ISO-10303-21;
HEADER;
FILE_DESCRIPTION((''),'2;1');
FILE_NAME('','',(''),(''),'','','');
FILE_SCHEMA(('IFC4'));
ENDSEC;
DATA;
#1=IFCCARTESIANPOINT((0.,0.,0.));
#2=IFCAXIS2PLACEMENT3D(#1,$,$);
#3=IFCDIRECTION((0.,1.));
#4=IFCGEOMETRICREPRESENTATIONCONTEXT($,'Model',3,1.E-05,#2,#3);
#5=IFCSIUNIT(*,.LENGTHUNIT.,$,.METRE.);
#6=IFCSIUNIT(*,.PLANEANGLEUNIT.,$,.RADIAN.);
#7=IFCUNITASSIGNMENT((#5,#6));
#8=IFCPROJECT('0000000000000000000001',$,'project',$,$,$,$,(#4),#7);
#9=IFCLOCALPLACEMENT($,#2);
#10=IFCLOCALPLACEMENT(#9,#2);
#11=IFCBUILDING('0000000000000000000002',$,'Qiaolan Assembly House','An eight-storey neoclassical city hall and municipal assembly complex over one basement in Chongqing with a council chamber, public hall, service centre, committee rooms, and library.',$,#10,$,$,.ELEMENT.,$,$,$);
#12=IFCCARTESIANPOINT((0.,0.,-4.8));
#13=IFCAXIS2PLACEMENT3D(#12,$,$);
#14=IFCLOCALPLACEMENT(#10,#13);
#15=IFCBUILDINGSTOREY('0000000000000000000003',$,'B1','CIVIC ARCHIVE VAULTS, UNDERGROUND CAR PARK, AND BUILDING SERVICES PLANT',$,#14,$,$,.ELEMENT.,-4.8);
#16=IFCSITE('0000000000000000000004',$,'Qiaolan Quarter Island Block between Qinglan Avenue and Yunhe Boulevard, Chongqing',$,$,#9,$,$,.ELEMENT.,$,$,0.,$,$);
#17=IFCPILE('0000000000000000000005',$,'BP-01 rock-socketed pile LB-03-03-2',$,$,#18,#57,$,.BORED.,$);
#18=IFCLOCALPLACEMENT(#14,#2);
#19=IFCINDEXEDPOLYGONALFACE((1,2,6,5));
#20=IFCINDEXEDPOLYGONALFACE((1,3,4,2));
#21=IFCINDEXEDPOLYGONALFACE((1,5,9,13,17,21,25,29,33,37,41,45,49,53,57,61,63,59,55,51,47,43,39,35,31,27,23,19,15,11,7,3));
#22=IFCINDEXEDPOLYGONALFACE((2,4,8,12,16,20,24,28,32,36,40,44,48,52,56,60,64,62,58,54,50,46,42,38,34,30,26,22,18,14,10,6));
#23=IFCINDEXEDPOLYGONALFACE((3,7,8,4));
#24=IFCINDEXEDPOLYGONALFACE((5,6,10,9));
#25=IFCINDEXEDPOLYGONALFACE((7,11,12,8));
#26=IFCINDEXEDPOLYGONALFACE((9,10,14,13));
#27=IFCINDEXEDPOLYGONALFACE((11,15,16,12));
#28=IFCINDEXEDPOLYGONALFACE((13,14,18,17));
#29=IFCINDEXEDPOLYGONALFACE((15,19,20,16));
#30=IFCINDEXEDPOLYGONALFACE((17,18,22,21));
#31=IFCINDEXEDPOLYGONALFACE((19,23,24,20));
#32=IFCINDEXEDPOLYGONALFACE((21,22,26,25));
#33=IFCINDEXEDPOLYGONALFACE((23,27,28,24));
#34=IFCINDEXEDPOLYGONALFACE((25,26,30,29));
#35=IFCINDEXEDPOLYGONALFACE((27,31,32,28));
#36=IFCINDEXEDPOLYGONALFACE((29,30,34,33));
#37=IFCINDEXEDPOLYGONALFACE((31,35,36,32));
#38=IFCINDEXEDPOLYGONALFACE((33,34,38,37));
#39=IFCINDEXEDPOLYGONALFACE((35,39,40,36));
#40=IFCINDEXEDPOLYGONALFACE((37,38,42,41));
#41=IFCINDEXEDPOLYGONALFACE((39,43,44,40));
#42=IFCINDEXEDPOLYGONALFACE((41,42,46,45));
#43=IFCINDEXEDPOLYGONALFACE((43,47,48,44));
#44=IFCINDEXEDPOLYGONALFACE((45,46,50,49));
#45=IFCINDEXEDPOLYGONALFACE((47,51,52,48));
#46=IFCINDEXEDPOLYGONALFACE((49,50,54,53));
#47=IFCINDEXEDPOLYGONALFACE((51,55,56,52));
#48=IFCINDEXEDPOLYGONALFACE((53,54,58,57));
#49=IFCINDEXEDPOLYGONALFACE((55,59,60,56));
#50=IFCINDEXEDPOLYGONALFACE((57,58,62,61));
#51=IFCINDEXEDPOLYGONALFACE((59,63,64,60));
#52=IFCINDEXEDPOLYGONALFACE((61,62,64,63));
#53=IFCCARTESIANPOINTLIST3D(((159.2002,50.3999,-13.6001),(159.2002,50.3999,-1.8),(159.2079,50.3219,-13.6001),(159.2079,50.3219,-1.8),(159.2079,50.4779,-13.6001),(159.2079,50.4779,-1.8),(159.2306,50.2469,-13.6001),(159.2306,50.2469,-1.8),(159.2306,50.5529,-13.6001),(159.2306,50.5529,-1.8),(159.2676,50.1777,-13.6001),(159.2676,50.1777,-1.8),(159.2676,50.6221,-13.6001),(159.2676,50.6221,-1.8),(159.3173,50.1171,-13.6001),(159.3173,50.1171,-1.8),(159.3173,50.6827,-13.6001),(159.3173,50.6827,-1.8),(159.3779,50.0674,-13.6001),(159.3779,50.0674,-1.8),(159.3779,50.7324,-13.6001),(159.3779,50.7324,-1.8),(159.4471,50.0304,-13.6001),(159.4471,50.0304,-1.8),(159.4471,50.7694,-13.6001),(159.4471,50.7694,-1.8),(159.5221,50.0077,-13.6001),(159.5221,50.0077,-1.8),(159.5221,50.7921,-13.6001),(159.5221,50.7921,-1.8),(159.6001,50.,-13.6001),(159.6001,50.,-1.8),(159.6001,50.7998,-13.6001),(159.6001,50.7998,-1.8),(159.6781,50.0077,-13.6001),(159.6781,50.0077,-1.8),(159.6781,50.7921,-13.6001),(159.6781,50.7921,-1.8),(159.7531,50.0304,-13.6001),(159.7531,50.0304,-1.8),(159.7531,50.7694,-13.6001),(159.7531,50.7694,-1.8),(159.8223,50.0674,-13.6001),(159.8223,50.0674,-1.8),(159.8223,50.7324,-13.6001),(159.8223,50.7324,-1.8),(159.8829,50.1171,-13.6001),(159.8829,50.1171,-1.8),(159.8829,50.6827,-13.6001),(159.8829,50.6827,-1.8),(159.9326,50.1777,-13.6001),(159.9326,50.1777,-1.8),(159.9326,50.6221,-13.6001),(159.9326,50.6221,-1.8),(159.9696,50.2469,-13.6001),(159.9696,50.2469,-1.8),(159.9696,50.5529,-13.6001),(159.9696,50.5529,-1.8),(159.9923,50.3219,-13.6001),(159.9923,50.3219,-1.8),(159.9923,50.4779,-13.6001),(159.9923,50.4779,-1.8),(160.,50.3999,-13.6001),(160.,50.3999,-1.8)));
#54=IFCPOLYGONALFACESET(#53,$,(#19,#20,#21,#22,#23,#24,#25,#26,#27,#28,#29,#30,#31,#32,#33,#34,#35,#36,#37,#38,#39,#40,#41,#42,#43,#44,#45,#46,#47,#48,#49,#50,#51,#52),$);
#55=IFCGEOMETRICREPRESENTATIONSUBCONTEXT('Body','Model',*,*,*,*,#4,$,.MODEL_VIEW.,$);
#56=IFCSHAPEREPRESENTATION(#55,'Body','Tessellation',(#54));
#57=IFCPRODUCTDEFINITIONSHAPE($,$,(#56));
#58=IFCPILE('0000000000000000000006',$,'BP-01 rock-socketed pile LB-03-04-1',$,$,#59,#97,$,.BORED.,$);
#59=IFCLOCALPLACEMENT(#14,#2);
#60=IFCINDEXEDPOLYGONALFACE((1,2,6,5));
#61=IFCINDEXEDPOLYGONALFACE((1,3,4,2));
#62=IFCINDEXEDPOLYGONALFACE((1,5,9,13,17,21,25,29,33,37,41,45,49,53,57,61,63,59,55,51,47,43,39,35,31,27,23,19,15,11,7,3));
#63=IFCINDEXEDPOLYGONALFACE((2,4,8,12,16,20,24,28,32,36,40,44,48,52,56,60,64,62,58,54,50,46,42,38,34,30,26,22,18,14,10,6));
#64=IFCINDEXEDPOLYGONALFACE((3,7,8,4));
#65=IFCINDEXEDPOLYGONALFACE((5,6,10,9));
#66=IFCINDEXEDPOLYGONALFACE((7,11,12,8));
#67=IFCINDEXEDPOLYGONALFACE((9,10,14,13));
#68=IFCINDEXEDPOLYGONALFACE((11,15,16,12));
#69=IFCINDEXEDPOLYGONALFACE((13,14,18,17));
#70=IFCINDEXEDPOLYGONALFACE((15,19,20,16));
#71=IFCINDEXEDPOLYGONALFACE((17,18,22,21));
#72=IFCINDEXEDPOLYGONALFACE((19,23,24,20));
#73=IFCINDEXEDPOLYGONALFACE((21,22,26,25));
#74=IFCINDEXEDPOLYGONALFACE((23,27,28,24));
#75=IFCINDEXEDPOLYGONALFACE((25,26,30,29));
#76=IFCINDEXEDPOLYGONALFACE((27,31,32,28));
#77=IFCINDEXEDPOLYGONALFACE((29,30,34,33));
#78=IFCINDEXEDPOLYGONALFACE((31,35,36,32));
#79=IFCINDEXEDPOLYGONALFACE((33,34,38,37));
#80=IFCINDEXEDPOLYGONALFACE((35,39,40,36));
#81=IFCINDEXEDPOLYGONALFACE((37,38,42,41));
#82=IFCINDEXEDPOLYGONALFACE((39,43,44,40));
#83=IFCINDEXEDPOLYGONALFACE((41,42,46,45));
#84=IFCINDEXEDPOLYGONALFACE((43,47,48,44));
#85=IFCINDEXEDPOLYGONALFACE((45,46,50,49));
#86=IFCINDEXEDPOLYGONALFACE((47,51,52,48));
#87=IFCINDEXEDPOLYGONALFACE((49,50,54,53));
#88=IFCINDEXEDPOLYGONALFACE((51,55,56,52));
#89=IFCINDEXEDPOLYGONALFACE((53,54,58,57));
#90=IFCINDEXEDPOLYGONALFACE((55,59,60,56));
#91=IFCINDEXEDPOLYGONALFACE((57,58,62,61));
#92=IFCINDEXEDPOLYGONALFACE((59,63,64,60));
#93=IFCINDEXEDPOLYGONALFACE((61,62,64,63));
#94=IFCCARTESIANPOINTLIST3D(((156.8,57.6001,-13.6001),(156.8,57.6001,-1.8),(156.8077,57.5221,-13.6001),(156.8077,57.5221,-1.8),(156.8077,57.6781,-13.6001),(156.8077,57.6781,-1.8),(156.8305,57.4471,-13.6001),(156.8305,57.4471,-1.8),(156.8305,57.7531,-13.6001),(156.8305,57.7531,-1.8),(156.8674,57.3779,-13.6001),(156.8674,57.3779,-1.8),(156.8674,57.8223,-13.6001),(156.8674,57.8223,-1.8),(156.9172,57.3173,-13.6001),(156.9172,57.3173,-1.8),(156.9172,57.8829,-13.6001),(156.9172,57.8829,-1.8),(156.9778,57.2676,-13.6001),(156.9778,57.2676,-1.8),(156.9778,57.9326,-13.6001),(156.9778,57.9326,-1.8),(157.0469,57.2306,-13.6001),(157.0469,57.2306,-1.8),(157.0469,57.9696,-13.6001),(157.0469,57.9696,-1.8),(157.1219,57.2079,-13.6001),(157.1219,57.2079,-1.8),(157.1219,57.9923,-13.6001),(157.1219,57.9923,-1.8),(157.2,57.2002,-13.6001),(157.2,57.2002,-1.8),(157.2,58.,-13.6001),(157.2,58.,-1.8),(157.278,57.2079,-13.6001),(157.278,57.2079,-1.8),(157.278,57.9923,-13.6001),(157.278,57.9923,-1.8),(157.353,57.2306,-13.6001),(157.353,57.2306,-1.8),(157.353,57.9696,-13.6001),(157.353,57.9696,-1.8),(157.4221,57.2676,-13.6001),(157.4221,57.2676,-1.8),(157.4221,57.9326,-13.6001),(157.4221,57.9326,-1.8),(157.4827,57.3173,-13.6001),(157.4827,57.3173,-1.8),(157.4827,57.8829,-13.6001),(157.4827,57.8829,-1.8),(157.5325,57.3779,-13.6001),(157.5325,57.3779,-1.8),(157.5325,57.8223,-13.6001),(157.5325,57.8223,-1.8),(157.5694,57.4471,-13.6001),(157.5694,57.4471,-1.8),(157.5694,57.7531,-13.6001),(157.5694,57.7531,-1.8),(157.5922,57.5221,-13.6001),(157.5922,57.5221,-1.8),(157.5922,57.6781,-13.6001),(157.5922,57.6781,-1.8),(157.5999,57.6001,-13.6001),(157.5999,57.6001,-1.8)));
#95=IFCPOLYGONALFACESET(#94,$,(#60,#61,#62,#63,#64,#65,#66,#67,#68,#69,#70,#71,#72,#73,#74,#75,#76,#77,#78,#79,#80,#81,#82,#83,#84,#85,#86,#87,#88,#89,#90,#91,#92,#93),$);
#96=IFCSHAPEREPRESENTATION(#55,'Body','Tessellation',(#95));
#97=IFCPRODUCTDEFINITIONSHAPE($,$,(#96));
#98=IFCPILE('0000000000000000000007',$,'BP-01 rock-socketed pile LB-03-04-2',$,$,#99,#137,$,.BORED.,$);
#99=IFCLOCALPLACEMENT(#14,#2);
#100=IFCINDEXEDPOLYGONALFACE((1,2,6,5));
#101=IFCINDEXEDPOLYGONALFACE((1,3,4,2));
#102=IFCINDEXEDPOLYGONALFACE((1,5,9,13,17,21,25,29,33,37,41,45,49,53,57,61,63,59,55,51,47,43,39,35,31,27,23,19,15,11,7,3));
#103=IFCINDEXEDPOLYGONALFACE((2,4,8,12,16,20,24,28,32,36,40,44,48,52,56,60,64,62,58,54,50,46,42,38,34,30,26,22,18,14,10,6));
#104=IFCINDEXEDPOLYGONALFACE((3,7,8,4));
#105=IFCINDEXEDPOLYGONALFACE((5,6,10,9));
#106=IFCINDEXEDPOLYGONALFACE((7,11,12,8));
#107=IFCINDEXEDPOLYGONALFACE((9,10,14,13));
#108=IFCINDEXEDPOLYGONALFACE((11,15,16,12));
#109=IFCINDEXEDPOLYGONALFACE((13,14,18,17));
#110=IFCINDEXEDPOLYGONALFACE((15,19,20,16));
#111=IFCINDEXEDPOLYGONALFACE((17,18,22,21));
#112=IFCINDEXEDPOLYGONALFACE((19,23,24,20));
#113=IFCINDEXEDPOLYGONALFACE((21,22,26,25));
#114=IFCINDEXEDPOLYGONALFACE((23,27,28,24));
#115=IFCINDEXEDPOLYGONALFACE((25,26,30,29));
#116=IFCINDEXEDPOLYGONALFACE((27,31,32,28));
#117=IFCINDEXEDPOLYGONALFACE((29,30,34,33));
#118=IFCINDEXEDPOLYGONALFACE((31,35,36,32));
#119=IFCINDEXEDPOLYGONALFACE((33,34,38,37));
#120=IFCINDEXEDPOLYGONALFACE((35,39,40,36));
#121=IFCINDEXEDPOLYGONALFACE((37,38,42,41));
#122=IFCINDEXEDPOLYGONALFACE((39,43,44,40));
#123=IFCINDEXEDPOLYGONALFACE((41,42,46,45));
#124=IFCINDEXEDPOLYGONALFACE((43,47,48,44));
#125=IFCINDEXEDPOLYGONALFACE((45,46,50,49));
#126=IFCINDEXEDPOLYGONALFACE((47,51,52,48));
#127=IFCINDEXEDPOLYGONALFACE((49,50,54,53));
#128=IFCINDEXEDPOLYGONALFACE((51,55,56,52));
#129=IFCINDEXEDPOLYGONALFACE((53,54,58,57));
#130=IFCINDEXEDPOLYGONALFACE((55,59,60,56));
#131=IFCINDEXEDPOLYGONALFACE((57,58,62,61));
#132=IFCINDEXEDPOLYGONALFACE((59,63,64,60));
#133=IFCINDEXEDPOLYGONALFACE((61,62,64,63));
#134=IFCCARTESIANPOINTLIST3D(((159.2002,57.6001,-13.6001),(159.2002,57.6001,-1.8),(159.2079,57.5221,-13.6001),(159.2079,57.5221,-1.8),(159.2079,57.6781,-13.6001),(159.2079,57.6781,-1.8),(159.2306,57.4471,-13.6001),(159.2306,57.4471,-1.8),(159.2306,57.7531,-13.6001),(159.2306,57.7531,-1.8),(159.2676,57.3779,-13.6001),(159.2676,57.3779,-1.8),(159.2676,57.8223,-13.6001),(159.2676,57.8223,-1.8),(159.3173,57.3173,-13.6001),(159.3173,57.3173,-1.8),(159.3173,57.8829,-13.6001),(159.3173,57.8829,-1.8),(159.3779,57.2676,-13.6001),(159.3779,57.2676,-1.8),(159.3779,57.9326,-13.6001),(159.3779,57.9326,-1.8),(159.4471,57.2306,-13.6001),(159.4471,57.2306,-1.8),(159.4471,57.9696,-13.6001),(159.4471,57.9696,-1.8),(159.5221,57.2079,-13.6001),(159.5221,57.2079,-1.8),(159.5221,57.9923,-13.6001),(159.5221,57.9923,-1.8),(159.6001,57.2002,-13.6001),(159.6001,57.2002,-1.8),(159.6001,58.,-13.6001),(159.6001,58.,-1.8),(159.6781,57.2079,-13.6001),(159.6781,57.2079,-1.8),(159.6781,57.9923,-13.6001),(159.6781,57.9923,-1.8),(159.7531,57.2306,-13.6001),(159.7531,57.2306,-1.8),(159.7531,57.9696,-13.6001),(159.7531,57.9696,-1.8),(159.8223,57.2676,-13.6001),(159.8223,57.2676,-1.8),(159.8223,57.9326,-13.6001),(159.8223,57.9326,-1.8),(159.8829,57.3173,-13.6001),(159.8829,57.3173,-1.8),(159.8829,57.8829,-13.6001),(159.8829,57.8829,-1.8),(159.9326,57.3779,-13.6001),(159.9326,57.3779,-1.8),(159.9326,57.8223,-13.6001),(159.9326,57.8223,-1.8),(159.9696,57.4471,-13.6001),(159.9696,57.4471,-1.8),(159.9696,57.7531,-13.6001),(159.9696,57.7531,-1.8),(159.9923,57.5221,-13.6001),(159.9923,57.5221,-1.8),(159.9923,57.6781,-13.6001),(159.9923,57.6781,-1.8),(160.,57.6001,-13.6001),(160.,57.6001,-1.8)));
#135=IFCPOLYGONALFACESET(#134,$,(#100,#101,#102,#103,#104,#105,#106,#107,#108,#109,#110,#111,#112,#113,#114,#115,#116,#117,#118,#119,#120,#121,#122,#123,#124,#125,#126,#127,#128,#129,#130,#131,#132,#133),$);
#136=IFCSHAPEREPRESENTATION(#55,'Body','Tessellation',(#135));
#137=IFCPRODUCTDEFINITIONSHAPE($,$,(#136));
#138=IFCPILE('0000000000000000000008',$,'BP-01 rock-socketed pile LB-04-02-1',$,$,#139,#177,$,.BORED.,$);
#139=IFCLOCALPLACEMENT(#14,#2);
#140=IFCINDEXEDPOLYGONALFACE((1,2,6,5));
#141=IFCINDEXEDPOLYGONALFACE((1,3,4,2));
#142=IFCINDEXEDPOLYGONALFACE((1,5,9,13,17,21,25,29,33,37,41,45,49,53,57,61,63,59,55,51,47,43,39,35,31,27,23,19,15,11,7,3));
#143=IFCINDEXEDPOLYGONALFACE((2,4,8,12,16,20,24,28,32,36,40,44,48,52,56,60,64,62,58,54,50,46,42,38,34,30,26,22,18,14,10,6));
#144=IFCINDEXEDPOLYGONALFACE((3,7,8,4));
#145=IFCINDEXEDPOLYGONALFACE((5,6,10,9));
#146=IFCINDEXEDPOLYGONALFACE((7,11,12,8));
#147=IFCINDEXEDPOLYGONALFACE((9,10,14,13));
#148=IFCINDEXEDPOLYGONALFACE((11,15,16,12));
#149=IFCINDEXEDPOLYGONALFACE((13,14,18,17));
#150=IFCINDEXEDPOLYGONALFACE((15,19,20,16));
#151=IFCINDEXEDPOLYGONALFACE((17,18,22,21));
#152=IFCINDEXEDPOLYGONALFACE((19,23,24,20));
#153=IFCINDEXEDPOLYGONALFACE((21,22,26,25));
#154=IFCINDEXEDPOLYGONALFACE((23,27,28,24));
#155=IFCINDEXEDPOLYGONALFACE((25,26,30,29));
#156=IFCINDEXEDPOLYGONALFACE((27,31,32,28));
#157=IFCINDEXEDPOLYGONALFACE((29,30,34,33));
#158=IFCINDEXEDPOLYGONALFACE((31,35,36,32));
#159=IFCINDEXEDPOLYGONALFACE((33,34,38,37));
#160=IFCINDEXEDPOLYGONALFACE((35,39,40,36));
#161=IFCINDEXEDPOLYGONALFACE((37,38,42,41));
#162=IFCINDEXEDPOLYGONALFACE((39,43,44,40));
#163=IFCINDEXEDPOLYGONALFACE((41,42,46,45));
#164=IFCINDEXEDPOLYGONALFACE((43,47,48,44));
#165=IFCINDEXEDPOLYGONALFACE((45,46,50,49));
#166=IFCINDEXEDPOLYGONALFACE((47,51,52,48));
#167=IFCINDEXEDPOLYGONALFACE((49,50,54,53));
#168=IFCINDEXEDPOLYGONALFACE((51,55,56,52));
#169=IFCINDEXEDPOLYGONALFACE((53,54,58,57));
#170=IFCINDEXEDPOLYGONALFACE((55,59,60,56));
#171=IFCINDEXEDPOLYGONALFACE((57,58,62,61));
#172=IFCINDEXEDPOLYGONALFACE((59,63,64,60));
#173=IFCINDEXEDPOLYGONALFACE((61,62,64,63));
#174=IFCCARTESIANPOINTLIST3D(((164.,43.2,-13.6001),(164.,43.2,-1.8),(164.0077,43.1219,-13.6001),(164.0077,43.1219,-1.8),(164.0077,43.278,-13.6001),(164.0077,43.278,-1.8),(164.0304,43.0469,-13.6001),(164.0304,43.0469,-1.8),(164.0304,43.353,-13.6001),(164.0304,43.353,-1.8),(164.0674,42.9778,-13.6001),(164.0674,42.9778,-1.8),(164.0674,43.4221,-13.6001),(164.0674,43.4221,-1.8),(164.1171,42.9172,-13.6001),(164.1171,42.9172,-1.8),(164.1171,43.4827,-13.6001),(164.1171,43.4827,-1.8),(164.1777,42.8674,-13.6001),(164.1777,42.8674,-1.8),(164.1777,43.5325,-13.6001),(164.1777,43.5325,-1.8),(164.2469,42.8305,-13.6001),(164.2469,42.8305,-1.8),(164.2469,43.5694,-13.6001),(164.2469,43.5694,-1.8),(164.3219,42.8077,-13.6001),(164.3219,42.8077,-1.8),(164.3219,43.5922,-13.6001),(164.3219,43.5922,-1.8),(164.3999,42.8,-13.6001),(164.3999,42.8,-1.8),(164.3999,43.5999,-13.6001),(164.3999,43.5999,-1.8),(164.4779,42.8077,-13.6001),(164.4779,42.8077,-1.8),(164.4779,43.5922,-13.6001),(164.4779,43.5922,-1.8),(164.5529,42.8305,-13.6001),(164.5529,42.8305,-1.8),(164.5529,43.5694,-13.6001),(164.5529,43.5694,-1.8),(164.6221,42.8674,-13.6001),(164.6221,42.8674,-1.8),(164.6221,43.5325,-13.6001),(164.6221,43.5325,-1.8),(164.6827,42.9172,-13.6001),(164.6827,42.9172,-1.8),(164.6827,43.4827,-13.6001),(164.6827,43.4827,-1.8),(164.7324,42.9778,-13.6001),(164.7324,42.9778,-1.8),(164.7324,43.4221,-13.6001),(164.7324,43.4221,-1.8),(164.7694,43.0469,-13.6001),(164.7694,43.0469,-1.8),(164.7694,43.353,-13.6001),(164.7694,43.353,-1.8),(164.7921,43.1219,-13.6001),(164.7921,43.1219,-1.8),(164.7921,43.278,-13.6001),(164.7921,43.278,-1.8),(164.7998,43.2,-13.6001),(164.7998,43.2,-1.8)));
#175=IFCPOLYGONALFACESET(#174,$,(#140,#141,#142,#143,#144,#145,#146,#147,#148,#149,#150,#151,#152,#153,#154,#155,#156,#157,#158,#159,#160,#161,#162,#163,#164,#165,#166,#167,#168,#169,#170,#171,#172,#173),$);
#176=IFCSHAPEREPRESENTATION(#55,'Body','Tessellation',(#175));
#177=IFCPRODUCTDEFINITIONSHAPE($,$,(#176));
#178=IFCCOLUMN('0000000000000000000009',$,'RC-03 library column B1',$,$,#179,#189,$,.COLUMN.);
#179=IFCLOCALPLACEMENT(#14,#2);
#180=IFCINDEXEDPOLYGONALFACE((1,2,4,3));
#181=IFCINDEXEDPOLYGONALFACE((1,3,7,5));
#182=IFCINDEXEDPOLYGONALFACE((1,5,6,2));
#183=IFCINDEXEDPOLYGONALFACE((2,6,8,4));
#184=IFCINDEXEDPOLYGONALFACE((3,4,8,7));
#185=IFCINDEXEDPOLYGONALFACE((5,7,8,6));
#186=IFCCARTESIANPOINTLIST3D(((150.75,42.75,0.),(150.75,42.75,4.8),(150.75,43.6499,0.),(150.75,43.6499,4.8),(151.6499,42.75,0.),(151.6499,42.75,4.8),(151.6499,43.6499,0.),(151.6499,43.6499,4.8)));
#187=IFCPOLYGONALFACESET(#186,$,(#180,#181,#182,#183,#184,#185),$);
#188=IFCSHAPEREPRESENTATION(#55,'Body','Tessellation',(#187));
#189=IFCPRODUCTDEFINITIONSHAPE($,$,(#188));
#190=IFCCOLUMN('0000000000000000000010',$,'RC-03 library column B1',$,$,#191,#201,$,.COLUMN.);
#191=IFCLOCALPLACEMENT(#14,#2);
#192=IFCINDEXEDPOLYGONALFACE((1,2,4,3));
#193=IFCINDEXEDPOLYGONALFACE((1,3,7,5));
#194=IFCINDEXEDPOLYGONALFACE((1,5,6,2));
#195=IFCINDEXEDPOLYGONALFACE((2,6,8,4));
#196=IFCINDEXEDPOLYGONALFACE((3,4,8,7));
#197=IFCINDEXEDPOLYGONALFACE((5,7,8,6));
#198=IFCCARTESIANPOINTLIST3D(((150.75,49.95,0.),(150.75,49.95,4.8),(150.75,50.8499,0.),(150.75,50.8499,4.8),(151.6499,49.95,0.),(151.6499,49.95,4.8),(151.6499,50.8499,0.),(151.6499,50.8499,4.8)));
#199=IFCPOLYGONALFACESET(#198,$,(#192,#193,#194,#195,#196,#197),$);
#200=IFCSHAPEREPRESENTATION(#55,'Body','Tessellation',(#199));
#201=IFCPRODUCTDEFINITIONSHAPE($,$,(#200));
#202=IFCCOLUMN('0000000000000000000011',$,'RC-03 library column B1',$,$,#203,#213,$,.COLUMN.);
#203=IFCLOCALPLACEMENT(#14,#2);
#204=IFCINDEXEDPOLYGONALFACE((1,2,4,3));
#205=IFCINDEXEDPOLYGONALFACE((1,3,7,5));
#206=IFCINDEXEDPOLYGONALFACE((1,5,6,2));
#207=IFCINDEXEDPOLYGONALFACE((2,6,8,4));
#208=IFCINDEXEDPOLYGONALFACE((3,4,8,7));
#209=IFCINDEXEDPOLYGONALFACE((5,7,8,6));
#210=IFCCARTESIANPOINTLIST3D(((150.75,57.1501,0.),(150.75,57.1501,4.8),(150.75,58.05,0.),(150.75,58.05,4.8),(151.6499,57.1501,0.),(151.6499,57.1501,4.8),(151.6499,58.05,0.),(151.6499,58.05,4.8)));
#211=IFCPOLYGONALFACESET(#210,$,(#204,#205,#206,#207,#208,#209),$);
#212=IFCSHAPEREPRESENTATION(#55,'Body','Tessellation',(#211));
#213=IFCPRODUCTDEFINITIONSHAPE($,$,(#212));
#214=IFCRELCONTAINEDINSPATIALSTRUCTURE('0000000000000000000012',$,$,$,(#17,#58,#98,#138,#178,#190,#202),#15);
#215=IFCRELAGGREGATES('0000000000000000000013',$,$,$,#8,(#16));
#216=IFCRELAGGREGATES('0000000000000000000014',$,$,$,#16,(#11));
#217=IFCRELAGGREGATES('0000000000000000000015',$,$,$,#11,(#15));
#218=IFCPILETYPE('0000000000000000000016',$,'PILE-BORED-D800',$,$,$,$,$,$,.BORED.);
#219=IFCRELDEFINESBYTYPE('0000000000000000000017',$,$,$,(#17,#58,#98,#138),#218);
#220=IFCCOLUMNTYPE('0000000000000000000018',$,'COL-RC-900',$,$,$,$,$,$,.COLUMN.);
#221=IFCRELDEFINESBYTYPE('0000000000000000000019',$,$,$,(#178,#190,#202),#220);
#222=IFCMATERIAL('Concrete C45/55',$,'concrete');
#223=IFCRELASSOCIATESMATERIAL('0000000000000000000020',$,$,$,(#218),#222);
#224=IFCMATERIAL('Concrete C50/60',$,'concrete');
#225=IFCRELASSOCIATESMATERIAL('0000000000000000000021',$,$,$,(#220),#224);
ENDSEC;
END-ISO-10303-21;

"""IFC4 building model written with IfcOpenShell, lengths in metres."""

from ifc_helpers import new_model, si_unit, direction, frame, origin, origin_2d, place, context, subcontext, project, spatial, rectangle, circle, extrude, material, material_profile, profile_set, type_object, element, save


model = new_model("IFC4")

# Units and contexts
model_context = context("Model", 3, precision=1e-05, world=origin(), true_north=direction((0.0, 1.0)))
body_context = subcontext(model_context, "Body", "Model", "MODEL_VIEW")
ifc_project = project(units=[si_unit("LENGTHUNIT", "METRE"), si_unit("PLANEANGLEUNIT", "RADIAN")], contexts=[model_context])

# Site, building, storey
site_placement = place(None, origin())
site = spatial("IfcSite", under=ifc_project, at=site_placement, Name="Qiaolan Quarter Island Block between Qinglan Avenue and Yunhe Boulevard, Chongqing", CompositionType="ELEMENT", RefElevation=0.0)
building_placement = place(site_placement, origin())
building = spatial("IfcBuilding", under=site, at=building_placement, Name="Qiaolan Assembly House", Description="An eight-storey neoclassical city hall and municipal assembly complex over one basement in Chongqing with a council chamber, public hall, service centre, committee rooms, and library.", CompositionType="ELEMENT")
storey_placement = place(building_placement, frame((0.0, 0.0, -4.8)))
storey = spatial("IfcBuildingStorey", under=building, at=storey_placement, Name="B1", Description="CIVIC ARCHIVE VAULTS, UNDERGROUND CAR PARK, AND BUILDING SERVICES PLANT", CompositionType="ELEMENT", Elevation=-4.8)

# Piles
ifc_material_1 = material(Name="Concrete C45/55", Category="concrete")
ifc_material_profile_1 = material_profile(ifc_material_1, circle(Radius=0.3999, at=origin_2d()), Name="PILE D800")
ifc_profile_set_1 = profile_set([ifc_material_profile_1], Name="Concrete C45/55")
pile_type = type_object("IfcPileType", Name="PILE-BORED-D800", PredefinedType="BORED", material=ifc_profile_set_1)
for number, where, z_axis, x_axis, name in (
    (1, (159.6001, 50.3999, -1.8), (0.0, 0.0, -1.0), (1.0, 0.0, 0.0), "BP-01 rock-socketed pile LB-03-03-2"),
    (2, (157.2, 57.6001, -1.8), (0.0, 0.0, -1.0), (1.0, 0.0, 0.0), "BP-01 rock-socketed pile LB-03-04-1"),
    (3, (159.6001, 57.6001, -1.8), (0.0, 0.0, -1.0), (1.0, 0.0, 0.0), "BP-01 rock-socketed pile LB-03-04-2"),
    (4, (164.3999, 43.2, -1.8), (0.0, 0.0, -1.0), (1.0, 0.0, 0.0), "BP-01 rock-socketed pile LB-04-02-1"),
):
    element("IfcPile", number, at=place(storey_placement, frame(where, z_axis=z_axis, x_axis=x_axis)), inside=storey, type_object=pile_type, Name=name, PredefinedType="BORED", context=body_context, shape_type="SweptSolid", body=[
        extrude(circle(Radius=0.3999, at=origin_2d()), origin(), (0.0, 0.0, 1.0), 11.8),
    ])

# Columns
ifc_material_2 = material(Name="Concrete C50/60", Category="concrete")
ifc_material_profile_2 = material_profile(ifc_material_2, rectangle(XDim=0.8999, YDim=0.8999, at=origin_2d()), Name="RC 900x900")
ifc_profile_set_2 = profile_set([ifc_material_profile_2], Name="Concrete C50/60")
column_type = type_object("IfcColumnType", Name="COL-RC-900", PredefinedType="COLUMN", material=ifc_profile_set_2)
for number, where, z_axis, x_axis, name in (
    (5, (151.2, 43.2, 0.0), (0.0, 0.0, 1.0), (1.0, 0.0, 0.0), "RC-03 library column B1"),
    (6, (151.2, 50.3999, 0.0), (0.0, 0.0, 1.0), (1.0, 0.0, 0.0), "RC-03 library column B1"),
    (7, (151.2, 57.6001, 0.0), (0.0, 0.0, 1.0), (1.0, 0.0, 0.0), "RC-03 library column B1"),
):
    element("IfcColumn", number, at=place(storey_placement, frame(where, z_axis=z_axis, x_axis=x_axis)), inside=storey, type_object=column_type, Name=name, PredefinedType="COLUMN", context=body_context, shape_type="SweptSolid", body=[
        extrude(rectangle(XDim=0.8999, YDim=0.8999, at=origin_2d()), origin(), (0.0, 0.0, 1.0), 4.8),
    ])

save(model, "model.ifc")
